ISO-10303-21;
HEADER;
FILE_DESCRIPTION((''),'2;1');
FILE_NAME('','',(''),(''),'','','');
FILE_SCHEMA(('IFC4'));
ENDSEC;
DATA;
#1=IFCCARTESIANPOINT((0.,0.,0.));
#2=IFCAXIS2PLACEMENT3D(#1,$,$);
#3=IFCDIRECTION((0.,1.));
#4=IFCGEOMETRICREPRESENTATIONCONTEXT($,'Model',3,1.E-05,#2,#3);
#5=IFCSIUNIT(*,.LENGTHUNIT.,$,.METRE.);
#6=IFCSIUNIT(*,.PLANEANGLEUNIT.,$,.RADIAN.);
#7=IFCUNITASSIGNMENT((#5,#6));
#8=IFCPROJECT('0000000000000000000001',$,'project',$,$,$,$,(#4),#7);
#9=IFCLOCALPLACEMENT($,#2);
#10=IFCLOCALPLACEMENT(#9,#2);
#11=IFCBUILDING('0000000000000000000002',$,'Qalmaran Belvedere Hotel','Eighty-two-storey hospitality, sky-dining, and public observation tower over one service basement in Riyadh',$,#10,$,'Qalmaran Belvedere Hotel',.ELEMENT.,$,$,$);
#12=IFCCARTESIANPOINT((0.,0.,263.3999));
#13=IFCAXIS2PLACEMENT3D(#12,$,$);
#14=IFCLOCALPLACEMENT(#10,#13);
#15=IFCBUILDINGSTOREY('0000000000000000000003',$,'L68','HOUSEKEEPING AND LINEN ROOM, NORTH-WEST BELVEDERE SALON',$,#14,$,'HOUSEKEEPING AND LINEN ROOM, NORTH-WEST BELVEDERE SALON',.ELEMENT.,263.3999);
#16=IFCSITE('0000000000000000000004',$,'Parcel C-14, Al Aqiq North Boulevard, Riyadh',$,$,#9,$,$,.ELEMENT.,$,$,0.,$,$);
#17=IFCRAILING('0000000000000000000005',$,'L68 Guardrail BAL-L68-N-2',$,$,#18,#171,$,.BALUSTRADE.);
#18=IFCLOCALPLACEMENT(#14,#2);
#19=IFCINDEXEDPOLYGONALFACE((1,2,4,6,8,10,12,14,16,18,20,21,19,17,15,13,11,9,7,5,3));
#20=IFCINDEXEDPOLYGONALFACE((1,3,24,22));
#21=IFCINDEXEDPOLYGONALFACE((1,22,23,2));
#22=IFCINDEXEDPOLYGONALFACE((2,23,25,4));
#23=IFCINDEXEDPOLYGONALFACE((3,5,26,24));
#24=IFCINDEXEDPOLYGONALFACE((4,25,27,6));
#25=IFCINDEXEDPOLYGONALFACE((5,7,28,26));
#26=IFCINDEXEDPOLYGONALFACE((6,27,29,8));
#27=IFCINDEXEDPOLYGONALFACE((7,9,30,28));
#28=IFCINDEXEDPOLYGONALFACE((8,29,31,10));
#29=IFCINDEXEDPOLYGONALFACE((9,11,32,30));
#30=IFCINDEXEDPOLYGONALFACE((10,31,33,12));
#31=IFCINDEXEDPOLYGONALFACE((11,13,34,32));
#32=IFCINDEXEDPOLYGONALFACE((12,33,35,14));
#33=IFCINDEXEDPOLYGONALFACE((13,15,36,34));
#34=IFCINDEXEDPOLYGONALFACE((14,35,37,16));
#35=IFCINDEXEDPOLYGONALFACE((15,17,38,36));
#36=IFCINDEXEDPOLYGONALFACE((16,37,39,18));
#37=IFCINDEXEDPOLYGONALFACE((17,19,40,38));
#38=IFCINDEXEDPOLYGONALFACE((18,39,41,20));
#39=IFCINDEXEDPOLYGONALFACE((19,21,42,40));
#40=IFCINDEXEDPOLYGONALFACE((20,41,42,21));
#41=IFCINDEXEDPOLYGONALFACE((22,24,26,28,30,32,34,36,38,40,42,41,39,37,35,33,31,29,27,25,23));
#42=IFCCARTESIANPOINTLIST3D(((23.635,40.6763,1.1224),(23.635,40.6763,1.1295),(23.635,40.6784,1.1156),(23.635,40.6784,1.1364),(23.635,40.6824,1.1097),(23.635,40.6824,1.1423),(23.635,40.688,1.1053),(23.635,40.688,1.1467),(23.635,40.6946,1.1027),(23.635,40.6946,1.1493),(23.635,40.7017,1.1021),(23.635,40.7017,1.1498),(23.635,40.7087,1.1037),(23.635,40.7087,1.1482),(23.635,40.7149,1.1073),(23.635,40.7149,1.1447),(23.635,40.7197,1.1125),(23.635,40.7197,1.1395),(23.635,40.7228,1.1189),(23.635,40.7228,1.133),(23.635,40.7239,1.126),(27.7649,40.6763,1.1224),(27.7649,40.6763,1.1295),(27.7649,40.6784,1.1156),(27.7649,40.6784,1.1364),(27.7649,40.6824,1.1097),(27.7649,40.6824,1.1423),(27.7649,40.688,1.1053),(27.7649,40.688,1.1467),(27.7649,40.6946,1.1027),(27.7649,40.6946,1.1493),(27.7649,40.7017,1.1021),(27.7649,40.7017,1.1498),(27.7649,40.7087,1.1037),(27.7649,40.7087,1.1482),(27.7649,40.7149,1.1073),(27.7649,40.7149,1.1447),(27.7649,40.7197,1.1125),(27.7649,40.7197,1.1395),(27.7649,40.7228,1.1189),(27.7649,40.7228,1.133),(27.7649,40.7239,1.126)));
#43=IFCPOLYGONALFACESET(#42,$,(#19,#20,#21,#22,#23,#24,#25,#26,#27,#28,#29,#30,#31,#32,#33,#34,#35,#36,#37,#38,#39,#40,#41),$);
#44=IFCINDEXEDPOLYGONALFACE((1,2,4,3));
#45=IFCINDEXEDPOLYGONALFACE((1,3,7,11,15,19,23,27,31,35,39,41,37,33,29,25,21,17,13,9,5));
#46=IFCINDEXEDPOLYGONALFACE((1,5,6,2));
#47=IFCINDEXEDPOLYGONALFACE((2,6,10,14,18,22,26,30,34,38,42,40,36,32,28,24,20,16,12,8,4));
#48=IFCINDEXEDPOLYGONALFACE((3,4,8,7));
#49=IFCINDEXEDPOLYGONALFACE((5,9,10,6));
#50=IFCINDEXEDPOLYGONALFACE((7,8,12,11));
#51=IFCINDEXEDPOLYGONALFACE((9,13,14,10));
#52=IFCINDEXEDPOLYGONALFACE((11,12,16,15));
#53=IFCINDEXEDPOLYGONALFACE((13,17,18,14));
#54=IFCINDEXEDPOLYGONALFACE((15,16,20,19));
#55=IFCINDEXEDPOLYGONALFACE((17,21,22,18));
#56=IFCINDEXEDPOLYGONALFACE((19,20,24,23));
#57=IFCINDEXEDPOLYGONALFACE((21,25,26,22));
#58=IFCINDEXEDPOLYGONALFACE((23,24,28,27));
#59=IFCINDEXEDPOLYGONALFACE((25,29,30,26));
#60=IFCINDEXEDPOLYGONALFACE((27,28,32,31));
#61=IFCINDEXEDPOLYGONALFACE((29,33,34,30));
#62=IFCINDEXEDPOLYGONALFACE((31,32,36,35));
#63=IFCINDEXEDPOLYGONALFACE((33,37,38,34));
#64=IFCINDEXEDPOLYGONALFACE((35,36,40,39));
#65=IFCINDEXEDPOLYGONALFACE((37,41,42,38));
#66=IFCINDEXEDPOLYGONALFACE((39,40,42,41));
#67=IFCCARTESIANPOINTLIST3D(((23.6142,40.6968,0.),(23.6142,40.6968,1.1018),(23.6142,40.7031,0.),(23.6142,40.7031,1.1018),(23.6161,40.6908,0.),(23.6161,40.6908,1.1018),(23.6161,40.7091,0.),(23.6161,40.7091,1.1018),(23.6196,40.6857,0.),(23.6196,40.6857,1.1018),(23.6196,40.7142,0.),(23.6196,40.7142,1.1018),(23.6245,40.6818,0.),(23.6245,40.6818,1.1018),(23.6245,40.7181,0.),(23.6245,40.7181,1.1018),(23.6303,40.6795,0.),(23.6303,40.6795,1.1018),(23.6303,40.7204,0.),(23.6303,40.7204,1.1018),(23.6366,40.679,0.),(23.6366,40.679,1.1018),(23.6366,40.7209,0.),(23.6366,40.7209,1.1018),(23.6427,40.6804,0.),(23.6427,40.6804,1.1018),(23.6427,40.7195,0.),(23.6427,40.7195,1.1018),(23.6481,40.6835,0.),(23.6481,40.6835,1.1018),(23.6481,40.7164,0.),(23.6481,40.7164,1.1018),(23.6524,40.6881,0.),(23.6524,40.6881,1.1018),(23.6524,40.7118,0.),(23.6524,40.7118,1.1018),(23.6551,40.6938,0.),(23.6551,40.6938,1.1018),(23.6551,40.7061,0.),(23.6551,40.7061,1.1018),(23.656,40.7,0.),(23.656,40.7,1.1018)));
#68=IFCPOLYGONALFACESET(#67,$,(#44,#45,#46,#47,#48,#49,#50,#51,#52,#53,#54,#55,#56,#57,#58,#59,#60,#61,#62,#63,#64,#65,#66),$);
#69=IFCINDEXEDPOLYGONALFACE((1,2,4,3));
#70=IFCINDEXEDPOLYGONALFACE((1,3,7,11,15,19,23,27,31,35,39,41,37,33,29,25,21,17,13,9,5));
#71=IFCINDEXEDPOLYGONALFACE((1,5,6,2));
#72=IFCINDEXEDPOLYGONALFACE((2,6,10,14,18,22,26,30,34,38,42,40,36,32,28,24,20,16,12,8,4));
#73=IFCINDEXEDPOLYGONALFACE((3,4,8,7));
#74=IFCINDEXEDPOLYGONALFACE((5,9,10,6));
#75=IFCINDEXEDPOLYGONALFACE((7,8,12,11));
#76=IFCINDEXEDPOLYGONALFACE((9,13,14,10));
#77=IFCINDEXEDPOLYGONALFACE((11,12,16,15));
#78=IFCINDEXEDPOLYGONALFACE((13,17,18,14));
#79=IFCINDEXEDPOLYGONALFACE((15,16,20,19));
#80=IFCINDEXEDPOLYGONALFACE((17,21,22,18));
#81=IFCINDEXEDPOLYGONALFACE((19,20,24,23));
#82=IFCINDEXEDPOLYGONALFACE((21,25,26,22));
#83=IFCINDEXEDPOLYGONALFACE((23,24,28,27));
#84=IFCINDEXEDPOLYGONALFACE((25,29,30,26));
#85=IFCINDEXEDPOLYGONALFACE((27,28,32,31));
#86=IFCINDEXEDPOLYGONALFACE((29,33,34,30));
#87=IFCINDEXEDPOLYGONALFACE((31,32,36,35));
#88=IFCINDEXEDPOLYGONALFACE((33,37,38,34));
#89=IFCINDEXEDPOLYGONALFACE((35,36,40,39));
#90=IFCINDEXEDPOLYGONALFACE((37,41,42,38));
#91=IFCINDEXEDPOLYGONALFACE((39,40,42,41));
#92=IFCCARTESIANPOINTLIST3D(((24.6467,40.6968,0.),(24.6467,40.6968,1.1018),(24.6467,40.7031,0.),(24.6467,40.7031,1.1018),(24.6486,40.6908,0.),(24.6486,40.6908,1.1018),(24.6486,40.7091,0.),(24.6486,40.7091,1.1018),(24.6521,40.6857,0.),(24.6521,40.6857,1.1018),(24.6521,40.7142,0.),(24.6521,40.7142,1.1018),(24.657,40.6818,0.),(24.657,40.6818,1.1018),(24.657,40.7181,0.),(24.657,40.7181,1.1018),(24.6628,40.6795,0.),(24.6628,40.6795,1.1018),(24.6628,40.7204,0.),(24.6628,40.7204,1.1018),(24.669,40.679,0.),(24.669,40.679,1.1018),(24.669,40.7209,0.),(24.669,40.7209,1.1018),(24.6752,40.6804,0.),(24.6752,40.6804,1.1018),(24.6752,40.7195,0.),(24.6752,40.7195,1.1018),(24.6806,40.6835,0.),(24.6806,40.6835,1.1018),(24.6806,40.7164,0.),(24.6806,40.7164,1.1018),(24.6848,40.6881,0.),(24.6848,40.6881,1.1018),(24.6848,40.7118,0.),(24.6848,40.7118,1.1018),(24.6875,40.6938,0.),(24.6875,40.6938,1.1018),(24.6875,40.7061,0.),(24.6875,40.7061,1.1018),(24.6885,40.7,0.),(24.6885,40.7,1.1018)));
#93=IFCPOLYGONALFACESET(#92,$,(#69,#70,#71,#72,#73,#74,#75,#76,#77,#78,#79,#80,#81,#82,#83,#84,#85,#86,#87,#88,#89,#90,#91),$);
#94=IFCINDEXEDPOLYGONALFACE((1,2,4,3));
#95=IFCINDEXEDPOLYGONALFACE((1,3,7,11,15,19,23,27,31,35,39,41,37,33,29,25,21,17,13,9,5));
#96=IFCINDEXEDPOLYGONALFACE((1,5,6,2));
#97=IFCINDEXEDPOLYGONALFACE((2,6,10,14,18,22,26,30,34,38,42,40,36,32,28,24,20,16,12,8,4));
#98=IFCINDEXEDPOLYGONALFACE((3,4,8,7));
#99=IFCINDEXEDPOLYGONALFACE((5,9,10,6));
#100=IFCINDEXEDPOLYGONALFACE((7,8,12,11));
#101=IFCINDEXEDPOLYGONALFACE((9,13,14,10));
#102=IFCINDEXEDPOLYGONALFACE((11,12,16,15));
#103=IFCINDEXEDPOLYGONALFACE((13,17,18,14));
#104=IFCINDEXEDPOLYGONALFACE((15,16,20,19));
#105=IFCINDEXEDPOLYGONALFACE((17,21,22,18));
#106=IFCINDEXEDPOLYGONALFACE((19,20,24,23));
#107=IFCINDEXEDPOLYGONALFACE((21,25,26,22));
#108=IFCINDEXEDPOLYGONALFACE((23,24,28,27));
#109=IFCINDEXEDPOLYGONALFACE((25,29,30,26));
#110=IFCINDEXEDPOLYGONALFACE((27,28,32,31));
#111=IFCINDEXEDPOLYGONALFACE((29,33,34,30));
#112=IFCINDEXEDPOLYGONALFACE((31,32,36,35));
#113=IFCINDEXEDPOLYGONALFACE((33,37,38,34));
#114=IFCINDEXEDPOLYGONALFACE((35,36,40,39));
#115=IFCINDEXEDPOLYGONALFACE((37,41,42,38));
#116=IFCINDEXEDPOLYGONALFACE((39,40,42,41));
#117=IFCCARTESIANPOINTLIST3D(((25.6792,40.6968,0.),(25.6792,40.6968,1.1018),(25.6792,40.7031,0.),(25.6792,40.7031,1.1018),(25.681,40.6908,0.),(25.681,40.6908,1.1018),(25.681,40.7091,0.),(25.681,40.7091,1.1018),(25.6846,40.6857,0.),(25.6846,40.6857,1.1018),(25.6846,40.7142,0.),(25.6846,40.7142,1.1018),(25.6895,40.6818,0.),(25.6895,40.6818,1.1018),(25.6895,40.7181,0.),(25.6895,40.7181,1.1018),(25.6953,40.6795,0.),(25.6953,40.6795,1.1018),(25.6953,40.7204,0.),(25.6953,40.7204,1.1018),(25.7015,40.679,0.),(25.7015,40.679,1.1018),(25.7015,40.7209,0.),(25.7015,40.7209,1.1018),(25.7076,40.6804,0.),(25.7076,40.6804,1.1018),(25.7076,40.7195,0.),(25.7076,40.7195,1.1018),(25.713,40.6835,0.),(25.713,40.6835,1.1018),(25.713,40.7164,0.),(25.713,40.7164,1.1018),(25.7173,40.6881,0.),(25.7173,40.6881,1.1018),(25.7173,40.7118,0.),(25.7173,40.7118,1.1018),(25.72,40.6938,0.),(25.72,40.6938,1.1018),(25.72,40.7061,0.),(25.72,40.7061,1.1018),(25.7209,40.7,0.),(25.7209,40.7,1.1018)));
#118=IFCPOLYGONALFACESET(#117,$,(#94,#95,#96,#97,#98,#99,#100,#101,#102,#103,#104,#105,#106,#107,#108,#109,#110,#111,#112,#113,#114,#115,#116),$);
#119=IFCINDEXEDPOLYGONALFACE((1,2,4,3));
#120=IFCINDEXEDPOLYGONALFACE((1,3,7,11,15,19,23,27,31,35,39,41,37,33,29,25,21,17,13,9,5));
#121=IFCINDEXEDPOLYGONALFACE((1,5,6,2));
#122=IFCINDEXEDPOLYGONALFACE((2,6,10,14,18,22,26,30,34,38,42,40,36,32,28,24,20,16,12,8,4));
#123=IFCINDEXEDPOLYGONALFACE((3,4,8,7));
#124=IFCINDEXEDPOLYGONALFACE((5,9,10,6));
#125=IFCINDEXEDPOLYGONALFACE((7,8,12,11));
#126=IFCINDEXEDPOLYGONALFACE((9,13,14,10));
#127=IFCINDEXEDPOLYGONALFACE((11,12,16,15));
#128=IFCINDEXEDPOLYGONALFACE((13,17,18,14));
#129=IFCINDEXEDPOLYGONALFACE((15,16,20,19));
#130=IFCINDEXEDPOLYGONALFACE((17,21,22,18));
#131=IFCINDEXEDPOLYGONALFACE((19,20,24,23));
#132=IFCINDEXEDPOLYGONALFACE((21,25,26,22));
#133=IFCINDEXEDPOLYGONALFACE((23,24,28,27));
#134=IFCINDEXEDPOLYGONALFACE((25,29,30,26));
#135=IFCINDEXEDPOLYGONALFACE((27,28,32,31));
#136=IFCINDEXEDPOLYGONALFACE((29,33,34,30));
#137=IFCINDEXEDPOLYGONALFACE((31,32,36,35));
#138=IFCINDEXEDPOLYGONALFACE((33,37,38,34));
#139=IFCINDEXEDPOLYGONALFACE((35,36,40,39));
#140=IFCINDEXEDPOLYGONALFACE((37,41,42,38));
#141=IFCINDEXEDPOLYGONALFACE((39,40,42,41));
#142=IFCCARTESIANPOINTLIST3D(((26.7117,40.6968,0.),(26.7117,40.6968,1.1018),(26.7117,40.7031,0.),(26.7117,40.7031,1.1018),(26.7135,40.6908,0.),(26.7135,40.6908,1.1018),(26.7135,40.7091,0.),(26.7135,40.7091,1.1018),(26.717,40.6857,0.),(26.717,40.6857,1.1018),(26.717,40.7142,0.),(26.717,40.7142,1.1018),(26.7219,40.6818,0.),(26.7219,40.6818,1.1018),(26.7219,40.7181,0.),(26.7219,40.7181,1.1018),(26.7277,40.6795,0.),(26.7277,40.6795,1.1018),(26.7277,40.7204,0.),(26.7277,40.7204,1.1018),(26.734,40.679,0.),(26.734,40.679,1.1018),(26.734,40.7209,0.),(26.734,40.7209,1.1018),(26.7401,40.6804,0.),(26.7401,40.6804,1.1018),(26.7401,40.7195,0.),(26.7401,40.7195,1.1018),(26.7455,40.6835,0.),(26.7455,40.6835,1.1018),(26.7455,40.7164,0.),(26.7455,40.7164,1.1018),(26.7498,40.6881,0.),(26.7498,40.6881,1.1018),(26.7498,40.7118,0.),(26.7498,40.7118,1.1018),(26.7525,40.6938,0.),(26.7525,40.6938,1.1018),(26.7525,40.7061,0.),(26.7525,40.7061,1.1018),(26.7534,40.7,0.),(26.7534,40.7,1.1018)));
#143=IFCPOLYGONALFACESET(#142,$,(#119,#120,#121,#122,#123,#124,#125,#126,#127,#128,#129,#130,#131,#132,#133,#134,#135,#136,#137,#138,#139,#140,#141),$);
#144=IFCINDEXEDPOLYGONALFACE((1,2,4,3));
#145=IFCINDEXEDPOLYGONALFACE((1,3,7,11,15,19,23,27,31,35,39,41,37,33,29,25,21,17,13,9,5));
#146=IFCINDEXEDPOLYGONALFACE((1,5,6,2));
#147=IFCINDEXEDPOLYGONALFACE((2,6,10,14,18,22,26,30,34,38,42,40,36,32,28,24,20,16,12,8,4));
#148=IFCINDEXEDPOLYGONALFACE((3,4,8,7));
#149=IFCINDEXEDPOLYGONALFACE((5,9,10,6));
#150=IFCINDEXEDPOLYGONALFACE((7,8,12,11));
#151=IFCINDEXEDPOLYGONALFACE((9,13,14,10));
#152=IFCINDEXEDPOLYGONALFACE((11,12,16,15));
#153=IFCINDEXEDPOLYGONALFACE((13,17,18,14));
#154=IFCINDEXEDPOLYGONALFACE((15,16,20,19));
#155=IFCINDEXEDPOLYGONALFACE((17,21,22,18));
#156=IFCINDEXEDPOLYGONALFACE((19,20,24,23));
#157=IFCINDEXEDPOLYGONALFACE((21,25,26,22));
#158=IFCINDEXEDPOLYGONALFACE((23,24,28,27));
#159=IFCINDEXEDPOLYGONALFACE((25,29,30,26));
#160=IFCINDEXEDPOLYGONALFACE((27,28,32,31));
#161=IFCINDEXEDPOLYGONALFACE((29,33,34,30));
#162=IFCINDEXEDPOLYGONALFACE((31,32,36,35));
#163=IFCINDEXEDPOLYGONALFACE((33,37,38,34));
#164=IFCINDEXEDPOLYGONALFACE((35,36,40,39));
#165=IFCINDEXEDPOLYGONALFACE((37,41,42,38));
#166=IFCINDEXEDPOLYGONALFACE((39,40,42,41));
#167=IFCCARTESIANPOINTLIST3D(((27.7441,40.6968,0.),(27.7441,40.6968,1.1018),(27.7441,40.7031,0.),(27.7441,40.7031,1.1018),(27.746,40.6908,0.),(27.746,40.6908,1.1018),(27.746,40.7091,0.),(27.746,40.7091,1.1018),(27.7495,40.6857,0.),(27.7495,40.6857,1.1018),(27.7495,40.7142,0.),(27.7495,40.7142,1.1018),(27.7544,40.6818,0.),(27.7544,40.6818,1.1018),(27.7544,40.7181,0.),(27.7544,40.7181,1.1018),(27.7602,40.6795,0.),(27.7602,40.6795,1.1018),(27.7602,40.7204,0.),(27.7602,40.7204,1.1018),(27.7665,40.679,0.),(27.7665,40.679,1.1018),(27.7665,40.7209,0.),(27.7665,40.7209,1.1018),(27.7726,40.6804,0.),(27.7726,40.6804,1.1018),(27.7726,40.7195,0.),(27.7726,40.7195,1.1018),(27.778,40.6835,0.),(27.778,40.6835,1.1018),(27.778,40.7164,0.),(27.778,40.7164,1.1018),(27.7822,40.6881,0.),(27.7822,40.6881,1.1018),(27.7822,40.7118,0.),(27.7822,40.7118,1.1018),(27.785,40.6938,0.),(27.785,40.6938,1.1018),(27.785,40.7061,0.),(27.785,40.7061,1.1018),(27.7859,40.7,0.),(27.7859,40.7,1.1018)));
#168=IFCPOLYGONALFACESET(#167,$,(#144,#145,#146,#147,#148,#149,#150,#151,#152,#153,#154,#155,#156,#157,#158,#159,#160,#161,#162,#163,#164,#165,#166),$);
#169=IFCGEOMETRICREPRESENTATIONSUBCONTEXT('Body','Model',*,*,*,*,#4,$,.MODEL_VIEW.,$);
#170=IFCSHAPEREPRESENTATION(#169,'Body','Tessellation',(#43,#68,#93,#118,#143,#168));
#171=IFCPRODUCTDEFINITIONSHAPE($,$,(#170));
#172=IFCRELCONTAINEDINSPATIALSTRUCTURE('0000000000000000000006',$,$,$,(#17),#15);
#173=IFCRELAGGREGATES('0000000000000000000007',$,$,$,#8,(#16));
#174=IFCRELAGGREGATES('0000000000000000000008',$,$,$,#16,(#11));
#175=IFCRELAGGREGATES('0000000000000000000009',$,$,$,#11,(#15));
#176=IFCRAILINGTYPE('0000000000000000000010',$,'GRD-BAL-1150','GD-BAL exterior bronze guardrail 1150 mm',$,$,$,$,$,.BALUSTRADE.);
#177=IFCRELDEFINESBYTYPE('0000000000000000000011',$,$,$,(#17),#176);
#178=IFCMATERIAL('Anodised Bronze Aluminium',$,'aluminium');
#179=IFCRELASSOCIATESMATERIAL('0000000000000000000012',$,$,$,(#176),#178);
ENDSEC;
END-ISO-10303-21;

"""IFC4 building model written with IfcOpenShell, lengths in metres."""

from ifc_helpers import new_model, si_unit, direction, frame, origin, origin_2d, place, context, subcontext, project, spatial, circle, extrude, material, type_object, element, save


model = new_model("IFC4")

# Units and contexts
model_context = context("Model", 3, precision=1e-05, world=origin(), true_north=direction((0.0, 1.0)))
body_context = subcontext(model_context, "Body", "Model", "MODEL_VIEW")
ifc_project = project(units=[si_unit("LENGTHUNIT", "METRE"), si_unit("PLANEANGLEUNIT", "RADIAN")], contexts=[model_context])

# Site, building, storey
site_placement = place(None, origin())
site = spatial("IfcSite", under=ifc_project, at=site_placement, Name="Parcel C-14, Al Aqiq North Boulevard, Riyadh", CompositionType="ELEMENT", RefElevation=0.0)
building_placement = place(site_placement, origin())
building = spatial("IfcBuilding", under=site, at=building_placement, Name="Qalmaran Belvedere Hotel", Description="Eighty-two-storey hospitality, sky-dining, and public observation tower over one service basement in Riyadh", LongName="Qalmaran Belvedere Hotel", CompositionType="ELEMENT")
storey_placement = place(building_placement, frame((0.0, 0.0, 263.3999)))
storey = spatial("IfcBuildingStorey", under=building, at=storey_placement, Name="L68", Description="HOUSEKEEPING AND LINEN ROOM, NORTH-WEST BELVEDERE SALON", LongName="HOUSEKEEPING AND LINEN ROOM, NORTH-WEST BELVEDERE SALON", CompositionType="ELEMENT", Elevation=263.3999)

# Shared definitions
ifc_material_1 = material(Name="Anodised Bronze Aluminium", Category="aluminium")

# Railing
railing_type = type_object("IfcRailingType", Name="GRD-BAL-1150", Description="GD-BAL exterior bronze guardrail 1150 mm", PredefinedType="BALUSTRADE", material=ifc_material_1)
railing_1_placement = place(storey_placement, frame((23.635, 40.7, 0.0)))
element("IfcRailing", 1, at=railing_1_placement, inside=storey, type_object=railing_type, Name="L68 Guardrail BAL-L68-N-2", PredefinedType="BALUSTRADE", context=body_context, shape_type="SweptSolid", body=[
    extrude(circle(Radius=0.0239, at=origin_2d()), frame((0.0, 0.0, 1.126), z_axis=(1.0, 0.0, 0.0), x_axis=(0.0, 1.0, 0.0)), (0.0, 0.0, 1.0), 4.1299),
    extrude(circle(Radius=0.021, at=origin_2d()), origin(), (0.0, 0.0, 1.0), 1.1018),
    extrude(circle(Radius=0.021, at=origin_2d()), frame((1.0325, 0.0, 0.0)), (0.0, 0.0, 1.0), 1.1018),
    extrude(circle(Radius=0.021, at=origin_2d()), frame((2.0649, 0.0, 0.0)), (0.0, 0.0, 1.0), 1.1018),
    extrude(circle(Radius=0.021, at=origin_2d()), frame((3.0974, 0.0, 0.0)), (0.0, 0.0, 1.0), 1.1018),
    extrude(circle(Radius=0.021, at=origin_2d()), frame((4.1299, 0.0, 0.0)), (0.0, 0.0, 1.0), 1.1018),
])

save(model, "model.ifc")
